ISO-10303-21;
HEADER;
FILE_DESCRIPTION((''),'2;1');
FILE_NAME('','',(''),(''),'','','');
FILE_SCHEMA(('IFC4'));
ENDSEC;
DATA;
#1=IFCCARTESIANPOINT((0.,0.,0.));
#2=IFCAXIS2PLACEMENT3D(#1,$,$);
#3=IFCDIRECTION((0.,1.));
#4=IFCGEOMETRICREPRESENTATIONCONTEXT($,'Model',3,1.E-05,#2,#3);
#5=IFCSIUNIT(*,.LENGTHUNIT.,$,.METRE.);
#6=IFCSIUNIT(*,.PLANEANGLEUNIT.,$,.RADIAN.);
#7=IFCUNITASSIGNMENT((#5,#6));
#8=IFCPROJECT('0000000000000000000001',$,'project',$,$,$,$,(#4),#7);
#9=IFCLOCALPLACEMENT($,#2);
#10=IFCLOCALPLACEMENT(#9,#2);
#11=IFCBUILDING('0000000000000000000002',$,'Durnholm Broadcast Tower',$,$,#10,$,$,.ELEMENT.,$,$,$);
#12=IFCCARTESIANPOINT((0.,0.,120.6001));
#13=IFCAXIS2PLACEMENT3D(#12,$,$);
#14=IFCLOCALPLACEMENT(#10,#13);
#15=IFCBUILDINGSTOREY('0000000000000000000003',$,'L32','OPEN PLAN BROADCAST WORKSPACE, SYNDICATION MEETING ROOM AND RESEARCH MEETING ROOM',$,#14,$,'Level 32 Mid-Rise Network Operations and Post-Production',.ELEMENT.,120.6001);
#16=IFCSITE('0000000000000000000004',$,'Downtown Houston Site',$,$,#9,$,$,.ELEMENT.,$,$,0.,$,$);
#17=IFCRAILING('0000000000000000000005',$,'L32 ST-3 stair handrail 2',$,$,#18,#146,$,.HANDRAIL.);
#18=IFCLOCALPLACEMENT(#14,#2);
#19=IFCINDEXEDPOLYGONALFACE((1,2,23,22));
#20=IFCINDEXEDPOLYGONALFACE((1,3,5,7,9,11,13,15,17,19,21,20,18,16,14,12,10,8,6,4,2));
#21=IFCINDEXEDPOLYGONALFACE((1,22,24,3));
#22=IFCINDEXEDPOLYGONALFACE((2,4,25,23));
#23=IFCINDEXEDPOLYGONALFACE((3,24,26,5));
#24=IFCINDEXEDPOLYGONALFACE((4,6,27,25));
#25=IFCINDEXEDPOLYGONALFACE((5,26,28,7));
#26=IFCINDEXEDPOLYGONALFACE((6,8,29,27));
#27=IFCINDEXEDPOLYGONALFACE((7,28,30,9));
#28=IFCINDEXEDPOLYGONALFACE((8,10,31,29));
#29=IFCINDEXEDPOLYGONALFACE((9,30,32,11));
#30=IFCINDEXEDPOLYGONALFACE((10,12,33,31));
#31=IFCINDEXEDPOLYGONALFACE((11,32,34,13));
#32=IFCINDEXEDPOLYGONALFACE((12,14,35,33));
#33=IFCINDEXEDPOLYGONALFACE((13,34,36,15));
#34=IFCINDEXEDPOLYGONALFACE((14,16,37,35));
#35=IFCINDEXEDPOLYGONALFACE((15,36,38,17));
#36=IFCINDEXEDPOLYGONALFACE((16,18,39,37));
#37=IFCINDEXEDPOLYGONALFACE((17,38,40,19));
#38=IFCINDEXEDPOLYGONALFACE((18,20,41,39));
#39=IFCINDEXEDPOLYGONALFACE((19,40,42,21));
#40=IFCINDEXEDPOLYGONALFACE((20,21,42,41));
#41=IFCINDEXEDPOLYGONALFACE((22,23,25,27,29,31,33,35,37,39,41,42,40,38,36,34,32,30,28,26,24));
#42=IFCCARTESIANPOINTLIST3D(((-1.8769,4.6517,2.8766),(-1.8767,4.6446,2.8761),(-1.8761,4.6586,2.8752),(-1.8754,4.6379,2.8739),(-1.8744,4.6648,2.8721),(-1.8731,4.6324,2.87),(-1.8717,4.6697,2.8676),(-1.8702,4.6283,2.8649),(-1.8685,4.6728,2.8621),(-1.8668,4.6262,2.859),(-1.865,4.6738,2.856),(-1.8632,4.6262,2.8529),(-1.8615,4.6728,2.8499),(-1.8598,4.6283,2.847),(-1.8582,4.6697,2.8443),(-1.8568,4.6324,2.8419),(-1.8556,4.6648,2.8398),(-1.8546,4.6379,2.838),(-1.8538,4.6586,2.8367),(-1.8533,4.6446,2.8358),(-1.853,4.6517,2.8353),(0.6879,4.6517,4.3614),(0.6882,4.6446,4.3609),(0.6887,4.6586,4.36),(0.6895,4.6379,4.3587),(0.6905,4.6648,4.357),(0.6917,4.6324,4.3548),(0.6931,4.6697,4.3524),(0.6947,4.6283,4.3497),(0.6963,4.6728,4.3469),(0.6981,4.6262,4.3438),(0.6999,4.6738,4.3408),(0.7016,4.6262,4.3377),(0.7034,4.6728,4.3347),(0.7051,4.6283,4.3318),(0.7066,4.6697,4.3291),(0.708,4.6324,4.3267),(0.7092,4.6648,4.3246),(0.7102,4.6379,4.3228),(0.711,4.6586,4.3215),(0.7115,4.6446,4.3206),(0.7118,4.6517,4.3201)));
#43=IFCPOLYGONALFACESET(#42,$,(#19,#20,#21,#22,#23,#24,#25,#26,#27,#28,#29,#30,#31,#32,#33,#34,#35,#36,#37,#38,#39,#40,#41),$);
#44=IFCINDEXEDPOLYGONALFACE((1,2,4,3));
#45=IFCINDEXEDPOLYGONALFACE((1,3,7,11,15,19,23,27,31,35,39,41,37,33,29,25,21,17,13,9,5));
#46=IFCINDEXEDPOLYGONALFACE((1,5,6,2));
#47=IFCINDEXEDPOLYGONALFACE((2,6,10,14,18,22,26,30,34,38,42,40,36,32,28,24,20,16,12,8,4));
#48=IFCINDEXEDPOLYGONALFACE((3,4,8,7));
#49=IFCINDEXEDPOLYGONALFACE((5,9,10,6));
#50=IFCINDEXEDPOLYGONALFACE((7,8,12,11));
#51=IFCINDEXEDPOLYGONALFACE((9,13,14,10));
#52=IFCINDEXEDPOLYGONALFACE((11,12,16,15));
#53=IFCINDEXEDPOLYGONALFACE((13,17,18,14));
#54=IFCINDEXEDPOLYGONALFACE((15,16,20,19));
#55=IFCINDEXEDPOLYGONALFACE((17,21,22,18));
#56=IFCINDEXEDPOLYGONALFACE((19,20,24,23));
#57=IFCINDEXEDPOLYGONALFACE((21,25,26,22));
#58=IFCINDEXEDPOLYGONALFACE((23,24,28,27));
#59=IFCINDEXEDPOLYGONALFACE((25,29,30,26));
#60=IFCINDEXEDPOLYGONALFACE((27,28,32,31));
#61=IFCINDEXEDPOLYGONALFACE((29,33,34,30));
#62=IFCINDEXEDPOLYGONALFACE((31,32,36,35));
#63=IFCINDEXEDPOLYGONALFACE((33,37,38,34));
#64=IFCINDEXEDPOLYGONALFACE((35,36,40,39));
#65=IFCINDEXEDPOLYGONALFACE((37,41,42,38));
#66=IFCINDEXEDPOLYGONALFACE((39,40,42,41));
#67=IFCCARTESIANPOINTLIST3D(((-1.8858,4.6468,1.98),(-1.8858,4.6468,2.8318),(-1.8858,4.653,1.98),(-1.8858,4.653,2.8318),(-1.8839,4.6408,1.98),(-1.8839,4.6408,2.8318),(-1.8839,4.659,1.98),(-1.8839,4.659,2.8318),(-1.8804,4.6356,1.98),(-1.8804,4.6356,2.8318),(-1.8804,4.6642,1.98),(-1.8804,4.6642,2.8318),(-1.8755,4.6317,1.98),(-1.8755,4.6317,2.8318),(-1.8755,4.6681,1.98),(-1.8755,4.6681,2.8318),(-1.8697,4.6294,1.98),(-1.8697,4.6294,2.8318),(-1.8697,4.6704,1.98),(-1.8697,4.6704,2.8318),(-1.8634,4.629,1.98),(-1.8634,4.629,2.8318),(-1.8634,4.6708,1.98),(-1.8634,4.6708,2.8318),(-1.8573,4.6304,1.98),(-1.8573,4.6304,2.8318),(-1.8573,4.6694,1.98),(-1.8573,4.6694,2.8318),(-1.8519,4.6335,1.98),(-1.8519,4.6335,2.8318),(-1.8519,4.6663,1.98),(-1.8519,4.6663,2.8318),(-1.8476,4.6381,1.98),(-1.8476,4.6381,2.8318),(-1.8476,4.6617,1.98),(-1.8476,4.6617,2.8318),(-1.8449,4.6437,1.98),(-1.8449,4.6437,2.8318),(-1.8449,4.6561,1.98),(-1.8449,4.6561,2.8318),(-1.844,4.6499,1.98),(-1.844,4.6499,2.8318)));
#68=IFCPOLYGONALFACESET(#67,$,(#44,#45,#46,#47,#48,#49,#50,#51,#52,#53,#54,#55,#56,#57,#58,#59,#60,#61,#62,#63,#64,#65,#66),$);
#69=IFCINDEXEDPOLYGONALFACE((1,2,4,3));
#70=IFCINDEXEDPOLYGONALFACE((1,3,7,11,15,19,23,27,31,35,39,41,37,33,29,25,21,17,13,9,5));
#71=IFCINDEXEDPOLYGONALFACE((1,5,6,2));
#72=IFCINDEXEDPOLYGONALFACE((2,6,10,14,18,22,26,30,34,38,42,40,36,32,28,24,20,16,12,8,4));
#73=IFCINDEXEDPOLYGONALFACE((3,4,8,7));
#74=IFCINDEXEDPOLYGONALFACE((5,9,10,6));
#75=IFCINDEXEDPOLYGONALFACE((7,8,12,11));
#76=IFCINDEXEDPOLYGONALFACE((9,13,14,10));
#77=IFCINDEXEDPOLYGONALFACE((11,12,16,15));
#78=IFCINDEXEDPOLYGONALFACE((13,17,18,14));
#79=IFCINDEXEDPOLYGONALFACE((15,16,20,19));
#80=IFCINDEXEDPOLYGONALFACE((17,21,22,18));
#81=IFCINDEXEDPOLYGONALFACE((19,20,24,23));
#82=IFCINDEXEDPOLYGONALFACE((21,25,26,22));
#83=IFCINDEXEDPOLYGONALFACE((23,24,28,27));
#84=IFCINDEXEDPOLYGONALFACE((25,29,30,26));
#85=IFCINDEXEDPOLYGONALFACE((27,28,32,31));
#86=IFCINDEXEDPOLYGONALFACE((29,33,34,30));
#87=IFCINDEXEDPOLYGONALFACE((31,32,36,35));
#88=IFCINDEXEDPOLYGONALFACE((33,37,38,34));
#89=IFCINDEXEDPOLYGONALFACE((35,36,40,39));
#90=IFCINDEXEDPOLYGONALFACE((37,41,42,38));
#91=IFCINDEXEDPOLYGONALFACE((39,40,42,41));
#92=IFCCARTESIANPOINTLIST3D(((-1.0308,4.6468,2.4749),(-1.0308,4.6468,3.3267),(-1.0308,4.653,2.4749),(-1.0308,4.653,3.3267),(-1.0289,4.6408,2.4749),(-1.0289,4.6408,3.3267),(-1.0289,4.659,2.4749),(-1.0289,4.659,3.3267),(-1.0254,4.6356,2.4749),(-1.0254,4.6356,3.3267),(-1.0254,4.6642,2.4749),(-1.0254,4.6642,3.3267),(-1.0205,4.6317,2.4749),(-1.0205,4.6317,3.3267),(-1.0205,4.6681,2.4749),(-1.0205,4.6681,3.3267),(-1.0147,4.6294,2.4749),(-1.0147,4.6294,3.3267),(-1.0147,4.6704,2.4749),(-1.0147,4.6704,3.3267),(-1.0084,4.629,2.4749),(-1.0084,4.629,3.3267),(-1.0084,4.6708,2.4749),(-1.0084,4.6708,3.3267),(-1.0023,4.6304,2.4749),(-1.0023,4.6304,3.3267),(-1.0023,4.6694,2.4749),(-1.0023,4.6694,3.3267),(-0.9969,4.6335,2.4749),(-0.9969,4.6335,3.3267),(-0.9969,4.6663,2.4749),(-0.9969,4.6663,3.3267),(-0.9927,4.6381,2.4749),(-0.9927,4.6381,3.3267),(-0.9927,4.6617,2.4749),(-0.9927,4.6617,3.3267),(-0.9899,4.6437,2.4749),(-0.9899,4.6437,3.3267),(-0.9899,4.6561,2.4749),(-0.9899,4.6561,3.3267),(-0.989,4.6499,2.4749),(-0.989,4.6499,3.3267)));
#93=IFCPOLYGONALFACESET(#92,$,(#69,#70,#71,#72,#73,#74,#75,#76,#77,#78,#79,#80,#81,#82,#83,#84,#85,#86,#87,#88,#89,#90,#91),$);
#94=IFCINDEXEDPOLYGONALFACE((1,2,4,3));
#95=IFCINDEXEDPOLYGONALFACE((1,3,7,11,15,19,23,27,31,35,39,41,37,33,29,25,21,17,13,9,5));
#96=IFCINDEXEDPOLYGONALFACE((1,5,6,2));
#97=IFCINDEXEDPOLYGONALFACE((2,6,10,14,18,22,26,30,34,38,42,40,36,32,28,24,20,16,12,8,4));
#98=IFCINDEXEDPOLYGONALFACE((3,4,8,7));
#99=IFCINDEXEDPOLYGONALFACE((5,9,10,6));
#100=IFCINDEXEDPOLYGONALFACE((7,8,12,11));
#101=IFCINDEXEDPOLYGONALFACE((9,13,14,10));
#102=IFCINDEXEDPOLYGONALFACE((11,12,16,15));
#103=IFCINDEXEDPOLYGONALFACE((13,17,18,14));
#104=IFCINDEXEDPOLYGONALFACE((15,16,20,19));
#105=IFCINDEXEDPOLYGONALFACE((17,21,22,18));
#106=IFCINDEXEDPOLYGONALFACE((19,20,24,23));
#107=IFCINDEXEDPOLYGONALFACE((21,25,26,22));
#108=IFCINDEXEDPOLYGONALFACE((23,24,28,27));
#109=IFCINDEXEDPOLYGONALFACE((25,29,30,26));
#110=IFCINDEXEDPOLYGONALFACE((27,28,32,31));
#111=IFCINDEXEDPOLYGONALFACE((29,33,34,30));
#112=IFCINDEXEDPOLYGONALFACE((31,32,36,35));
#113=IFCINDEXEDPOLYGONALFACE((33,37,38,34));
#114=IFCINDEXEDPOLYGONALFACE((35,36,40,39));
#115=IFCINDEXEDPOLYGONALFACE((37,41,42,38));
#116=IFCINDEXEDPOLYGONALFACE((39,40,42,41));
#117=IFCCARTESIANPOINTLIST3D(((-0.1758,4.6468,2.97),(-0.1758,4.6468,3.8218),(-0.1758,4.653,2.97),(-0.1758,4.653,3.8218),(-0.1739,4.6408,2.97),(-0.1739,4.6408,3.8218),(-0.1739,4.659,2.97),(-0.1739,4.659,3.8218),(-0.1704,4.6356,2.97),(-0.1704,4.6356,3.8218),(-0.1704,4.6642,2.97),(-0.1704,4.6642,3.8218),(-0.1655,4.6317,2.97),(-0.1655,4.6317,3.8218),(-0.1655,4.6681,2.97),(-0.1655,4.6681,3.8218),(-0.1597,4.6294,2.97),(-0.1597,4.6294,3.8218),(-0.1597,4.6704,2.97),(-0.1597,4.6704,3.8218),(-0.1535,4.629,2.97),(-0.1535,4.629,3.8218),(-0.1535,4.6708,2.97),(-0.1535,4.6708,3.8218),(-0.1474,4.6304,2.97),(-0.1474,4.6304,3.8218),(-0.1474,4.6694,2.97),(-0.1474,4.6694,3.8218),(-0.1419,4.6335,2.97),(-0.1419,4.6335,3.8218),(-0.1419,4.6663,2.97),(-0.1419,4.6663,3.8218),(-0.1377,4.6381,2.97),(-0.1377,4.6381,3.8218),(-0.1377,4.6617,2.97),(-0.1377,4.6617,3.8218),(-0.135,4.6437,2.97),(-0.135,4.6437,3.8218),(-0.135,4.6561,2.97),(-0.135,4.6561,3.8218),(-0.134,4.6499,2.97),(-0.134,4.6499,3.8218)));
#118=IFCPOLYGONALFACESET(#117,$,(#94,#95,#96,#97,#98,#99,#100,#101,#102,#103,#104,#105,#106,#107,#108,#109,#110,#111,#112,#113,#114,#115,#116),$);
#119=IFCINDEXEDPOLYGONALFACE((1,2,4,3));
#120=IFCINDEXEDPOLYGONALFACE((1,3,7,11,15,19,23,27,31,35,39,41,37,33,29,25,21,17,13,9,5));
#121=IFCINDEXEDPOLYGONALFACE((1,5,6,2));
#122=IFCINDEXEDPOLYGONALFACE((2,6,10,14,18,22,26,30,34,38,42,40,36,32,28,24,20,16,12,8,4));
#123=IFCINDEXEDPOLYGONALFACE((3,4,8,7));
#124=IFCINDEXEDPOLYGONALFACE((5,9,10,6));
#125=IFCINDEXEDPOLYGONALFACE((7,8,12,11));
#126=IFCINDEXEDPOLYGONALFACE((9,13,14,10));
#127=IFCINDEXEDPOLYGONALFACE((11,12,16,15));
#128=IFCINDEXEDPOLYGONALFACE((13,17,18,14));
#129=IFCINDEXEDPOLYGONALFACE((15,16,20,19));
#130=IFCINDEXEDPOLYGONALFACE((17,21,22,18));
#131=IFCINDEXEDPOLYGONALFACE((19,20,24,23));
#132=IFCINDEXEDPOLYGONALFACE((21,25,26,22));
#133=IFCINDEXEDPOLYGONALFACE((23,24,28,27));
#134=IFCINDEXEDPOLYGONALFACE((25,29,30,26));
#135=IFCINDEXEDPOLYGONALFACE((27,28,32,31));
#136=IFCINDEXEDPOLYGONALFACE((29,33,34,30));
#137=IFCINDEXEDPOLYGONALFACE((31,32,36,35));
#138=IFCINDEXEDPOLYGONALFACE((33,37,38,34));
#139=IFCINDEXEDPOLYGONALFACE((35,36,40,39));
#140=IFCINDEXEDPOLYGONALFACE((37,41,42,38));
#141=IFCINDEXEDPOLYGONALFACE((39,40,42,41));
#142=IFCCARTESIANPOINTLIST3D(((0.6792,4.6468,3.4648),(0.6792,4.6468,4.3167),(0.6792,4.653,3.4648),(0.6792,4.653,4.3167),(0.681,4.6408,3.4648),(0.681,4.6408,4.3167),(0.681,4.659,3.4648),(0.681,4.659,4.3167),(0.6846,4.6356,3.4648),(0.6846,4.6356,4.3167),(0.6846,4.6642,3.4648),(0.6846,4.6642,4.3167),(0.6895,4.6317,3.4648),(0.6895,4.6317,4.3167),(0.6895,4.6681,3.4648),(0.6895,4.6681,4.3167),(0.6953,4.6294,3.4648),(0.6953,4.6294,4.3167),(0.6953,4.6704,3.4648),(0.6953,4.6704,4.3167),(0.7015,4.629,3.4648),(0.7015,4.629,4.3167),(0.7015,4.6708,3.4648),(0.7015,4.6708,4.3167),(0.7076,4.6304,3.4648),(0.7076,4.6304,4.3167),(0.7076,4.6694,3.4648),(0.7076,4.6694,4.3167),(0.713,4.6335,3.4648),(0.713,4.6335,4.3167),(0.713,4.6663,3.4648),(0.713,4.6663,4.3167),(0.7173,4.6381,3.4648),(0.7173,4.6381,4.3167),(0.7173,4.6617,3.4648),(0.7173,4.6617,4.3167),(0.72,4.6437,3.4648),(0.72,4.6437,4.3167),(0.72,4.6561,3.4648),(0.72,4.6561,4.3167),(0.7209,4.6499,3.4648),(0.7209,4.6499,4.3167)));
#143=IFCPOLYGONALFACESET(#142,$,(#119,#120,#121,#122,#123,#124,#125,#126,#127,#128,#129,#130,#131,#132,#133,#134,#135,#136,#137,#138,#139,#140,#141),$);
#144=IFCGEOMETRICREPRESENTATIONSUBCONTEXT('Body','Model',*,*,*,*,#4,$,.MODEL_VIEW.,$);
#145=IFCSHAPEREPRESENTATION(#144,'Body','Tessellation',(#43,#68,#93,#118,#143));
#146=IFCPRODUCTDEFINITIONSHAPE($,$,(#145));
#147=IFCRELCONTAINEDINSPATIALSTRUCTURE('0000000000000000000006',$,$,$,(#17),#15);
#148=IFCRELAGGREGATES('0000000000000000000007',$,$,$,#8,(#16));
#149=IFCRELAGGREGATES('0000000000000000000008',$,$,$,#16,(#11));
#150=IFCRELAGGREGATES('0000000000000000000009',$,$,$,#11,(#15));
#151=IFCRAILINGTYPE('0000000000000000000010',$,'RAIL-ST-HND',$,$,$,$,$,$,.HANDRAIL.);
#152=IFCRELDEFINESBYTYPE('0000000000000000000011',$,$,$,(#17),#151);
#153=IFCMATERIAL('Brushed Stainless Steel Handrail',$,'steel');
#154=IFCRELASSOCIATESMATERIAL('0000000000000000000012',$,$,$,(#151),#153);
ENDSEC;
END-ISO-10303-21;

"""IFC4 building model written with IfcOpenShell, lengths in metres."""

from ifc_helpers import new_model, si_unit, direction, frame, origin, origin_2d, place, context, subcontext, project, spatial, circle, extrude, material, type_object, element, save


model = new_model("IFC4")

# Units and contexts
model_context = context("Model", 3, precision=1e-05, world=origin(), true_north=direction((0.0, 1.0)))
body_context = subcontext(model_context, "Body", "Model", "MODEL_VIEW")
ifc_project = project(units=[si_unit("LENGTHUNIT", "METRE"), si_unit("PLANEANGLEUNIT", "RADIAN")], contexts=[model_context])

# Site, building, storey
site_placement = place(None, origin())
site = spatial("IfcSite", under=ifc_project, at=site_placement, Name="Downtown Houston Site", CompositionType="ELEMENT", RefElevation=0.0)
building_placement = place(site_placement, origin())
building = spatial("IfcBuilding", under=site, at=building_placement, Name="Durnholm Broadcast Tower", CompositionType="ELEMENT")
storey_placement = place(building_placement, frame((0.0, 0.0, 120.6001)))
storey = spatial("IfcBuildingStorey", under=building, at=storey_placement, Name="L32", Description="OPEN PLAN BROADCAST WORKSPACE, SYNDICATION MEETING ROOM AND RESEARCH MEETING ROOM", LongName="Level 32 Mid-Rise Network Operations and Post-Production", CompositionType="ELEMENT", Elevation=120.6001)

# Railing
ifc_material_1 = material(Name="Brushed Stainless Steel Handrail", Category="steel")
railing_type_1 = type_object("IfcRailingType", Name="RAIL-ST-HND", PredefinedType="HANDRAIL", material=ifc_material_1)
railing_1_placement = place(storey_placement, frame((-1.865, 4.6499, 1.98)))
element("IfcRailing", 1, at=railing_1_placement, inside=storey, type_object=railing_type_1, Name="L32 ST-3 stair handrail 2", PredefinedType="HANDRAIL", context=body_context, shape_type="SweptSolid", body=[
    extrude(circle(Radius=0.0239, at=origin_2d()), frame((0.0, 0.0, 0.876), z_axis=(0.865441, 0.0, 0.50101), x_axis=(0.0, 1.0, 0.0)), (0.0, 0.0, 1.0), 2.9636),
    extrude(circle(Radius=0.021, at=origin_2d()), origin(), (0.0, 0.0, 1.0), 0.8518),
    extrude(circle(Radius=0.021, at=origin_2d()), frame((0.855, 0.0, 0.4949)), (0.0, 0.0, 1.0), 0.8518),
    extrude(circle(Radius=0.021, at=origin_2d()), frame((1.71, 0.0, 0.99)), (0.0, 0.0, 1.0), 0.8518),
    extrude(circle(Radius=0.021, at=origin_2d()), frame((2.5649, 0.0, 1.4849)), (0.0, 0.0, 1.0), 0.8518),
])

save(model, "model.ifc")
